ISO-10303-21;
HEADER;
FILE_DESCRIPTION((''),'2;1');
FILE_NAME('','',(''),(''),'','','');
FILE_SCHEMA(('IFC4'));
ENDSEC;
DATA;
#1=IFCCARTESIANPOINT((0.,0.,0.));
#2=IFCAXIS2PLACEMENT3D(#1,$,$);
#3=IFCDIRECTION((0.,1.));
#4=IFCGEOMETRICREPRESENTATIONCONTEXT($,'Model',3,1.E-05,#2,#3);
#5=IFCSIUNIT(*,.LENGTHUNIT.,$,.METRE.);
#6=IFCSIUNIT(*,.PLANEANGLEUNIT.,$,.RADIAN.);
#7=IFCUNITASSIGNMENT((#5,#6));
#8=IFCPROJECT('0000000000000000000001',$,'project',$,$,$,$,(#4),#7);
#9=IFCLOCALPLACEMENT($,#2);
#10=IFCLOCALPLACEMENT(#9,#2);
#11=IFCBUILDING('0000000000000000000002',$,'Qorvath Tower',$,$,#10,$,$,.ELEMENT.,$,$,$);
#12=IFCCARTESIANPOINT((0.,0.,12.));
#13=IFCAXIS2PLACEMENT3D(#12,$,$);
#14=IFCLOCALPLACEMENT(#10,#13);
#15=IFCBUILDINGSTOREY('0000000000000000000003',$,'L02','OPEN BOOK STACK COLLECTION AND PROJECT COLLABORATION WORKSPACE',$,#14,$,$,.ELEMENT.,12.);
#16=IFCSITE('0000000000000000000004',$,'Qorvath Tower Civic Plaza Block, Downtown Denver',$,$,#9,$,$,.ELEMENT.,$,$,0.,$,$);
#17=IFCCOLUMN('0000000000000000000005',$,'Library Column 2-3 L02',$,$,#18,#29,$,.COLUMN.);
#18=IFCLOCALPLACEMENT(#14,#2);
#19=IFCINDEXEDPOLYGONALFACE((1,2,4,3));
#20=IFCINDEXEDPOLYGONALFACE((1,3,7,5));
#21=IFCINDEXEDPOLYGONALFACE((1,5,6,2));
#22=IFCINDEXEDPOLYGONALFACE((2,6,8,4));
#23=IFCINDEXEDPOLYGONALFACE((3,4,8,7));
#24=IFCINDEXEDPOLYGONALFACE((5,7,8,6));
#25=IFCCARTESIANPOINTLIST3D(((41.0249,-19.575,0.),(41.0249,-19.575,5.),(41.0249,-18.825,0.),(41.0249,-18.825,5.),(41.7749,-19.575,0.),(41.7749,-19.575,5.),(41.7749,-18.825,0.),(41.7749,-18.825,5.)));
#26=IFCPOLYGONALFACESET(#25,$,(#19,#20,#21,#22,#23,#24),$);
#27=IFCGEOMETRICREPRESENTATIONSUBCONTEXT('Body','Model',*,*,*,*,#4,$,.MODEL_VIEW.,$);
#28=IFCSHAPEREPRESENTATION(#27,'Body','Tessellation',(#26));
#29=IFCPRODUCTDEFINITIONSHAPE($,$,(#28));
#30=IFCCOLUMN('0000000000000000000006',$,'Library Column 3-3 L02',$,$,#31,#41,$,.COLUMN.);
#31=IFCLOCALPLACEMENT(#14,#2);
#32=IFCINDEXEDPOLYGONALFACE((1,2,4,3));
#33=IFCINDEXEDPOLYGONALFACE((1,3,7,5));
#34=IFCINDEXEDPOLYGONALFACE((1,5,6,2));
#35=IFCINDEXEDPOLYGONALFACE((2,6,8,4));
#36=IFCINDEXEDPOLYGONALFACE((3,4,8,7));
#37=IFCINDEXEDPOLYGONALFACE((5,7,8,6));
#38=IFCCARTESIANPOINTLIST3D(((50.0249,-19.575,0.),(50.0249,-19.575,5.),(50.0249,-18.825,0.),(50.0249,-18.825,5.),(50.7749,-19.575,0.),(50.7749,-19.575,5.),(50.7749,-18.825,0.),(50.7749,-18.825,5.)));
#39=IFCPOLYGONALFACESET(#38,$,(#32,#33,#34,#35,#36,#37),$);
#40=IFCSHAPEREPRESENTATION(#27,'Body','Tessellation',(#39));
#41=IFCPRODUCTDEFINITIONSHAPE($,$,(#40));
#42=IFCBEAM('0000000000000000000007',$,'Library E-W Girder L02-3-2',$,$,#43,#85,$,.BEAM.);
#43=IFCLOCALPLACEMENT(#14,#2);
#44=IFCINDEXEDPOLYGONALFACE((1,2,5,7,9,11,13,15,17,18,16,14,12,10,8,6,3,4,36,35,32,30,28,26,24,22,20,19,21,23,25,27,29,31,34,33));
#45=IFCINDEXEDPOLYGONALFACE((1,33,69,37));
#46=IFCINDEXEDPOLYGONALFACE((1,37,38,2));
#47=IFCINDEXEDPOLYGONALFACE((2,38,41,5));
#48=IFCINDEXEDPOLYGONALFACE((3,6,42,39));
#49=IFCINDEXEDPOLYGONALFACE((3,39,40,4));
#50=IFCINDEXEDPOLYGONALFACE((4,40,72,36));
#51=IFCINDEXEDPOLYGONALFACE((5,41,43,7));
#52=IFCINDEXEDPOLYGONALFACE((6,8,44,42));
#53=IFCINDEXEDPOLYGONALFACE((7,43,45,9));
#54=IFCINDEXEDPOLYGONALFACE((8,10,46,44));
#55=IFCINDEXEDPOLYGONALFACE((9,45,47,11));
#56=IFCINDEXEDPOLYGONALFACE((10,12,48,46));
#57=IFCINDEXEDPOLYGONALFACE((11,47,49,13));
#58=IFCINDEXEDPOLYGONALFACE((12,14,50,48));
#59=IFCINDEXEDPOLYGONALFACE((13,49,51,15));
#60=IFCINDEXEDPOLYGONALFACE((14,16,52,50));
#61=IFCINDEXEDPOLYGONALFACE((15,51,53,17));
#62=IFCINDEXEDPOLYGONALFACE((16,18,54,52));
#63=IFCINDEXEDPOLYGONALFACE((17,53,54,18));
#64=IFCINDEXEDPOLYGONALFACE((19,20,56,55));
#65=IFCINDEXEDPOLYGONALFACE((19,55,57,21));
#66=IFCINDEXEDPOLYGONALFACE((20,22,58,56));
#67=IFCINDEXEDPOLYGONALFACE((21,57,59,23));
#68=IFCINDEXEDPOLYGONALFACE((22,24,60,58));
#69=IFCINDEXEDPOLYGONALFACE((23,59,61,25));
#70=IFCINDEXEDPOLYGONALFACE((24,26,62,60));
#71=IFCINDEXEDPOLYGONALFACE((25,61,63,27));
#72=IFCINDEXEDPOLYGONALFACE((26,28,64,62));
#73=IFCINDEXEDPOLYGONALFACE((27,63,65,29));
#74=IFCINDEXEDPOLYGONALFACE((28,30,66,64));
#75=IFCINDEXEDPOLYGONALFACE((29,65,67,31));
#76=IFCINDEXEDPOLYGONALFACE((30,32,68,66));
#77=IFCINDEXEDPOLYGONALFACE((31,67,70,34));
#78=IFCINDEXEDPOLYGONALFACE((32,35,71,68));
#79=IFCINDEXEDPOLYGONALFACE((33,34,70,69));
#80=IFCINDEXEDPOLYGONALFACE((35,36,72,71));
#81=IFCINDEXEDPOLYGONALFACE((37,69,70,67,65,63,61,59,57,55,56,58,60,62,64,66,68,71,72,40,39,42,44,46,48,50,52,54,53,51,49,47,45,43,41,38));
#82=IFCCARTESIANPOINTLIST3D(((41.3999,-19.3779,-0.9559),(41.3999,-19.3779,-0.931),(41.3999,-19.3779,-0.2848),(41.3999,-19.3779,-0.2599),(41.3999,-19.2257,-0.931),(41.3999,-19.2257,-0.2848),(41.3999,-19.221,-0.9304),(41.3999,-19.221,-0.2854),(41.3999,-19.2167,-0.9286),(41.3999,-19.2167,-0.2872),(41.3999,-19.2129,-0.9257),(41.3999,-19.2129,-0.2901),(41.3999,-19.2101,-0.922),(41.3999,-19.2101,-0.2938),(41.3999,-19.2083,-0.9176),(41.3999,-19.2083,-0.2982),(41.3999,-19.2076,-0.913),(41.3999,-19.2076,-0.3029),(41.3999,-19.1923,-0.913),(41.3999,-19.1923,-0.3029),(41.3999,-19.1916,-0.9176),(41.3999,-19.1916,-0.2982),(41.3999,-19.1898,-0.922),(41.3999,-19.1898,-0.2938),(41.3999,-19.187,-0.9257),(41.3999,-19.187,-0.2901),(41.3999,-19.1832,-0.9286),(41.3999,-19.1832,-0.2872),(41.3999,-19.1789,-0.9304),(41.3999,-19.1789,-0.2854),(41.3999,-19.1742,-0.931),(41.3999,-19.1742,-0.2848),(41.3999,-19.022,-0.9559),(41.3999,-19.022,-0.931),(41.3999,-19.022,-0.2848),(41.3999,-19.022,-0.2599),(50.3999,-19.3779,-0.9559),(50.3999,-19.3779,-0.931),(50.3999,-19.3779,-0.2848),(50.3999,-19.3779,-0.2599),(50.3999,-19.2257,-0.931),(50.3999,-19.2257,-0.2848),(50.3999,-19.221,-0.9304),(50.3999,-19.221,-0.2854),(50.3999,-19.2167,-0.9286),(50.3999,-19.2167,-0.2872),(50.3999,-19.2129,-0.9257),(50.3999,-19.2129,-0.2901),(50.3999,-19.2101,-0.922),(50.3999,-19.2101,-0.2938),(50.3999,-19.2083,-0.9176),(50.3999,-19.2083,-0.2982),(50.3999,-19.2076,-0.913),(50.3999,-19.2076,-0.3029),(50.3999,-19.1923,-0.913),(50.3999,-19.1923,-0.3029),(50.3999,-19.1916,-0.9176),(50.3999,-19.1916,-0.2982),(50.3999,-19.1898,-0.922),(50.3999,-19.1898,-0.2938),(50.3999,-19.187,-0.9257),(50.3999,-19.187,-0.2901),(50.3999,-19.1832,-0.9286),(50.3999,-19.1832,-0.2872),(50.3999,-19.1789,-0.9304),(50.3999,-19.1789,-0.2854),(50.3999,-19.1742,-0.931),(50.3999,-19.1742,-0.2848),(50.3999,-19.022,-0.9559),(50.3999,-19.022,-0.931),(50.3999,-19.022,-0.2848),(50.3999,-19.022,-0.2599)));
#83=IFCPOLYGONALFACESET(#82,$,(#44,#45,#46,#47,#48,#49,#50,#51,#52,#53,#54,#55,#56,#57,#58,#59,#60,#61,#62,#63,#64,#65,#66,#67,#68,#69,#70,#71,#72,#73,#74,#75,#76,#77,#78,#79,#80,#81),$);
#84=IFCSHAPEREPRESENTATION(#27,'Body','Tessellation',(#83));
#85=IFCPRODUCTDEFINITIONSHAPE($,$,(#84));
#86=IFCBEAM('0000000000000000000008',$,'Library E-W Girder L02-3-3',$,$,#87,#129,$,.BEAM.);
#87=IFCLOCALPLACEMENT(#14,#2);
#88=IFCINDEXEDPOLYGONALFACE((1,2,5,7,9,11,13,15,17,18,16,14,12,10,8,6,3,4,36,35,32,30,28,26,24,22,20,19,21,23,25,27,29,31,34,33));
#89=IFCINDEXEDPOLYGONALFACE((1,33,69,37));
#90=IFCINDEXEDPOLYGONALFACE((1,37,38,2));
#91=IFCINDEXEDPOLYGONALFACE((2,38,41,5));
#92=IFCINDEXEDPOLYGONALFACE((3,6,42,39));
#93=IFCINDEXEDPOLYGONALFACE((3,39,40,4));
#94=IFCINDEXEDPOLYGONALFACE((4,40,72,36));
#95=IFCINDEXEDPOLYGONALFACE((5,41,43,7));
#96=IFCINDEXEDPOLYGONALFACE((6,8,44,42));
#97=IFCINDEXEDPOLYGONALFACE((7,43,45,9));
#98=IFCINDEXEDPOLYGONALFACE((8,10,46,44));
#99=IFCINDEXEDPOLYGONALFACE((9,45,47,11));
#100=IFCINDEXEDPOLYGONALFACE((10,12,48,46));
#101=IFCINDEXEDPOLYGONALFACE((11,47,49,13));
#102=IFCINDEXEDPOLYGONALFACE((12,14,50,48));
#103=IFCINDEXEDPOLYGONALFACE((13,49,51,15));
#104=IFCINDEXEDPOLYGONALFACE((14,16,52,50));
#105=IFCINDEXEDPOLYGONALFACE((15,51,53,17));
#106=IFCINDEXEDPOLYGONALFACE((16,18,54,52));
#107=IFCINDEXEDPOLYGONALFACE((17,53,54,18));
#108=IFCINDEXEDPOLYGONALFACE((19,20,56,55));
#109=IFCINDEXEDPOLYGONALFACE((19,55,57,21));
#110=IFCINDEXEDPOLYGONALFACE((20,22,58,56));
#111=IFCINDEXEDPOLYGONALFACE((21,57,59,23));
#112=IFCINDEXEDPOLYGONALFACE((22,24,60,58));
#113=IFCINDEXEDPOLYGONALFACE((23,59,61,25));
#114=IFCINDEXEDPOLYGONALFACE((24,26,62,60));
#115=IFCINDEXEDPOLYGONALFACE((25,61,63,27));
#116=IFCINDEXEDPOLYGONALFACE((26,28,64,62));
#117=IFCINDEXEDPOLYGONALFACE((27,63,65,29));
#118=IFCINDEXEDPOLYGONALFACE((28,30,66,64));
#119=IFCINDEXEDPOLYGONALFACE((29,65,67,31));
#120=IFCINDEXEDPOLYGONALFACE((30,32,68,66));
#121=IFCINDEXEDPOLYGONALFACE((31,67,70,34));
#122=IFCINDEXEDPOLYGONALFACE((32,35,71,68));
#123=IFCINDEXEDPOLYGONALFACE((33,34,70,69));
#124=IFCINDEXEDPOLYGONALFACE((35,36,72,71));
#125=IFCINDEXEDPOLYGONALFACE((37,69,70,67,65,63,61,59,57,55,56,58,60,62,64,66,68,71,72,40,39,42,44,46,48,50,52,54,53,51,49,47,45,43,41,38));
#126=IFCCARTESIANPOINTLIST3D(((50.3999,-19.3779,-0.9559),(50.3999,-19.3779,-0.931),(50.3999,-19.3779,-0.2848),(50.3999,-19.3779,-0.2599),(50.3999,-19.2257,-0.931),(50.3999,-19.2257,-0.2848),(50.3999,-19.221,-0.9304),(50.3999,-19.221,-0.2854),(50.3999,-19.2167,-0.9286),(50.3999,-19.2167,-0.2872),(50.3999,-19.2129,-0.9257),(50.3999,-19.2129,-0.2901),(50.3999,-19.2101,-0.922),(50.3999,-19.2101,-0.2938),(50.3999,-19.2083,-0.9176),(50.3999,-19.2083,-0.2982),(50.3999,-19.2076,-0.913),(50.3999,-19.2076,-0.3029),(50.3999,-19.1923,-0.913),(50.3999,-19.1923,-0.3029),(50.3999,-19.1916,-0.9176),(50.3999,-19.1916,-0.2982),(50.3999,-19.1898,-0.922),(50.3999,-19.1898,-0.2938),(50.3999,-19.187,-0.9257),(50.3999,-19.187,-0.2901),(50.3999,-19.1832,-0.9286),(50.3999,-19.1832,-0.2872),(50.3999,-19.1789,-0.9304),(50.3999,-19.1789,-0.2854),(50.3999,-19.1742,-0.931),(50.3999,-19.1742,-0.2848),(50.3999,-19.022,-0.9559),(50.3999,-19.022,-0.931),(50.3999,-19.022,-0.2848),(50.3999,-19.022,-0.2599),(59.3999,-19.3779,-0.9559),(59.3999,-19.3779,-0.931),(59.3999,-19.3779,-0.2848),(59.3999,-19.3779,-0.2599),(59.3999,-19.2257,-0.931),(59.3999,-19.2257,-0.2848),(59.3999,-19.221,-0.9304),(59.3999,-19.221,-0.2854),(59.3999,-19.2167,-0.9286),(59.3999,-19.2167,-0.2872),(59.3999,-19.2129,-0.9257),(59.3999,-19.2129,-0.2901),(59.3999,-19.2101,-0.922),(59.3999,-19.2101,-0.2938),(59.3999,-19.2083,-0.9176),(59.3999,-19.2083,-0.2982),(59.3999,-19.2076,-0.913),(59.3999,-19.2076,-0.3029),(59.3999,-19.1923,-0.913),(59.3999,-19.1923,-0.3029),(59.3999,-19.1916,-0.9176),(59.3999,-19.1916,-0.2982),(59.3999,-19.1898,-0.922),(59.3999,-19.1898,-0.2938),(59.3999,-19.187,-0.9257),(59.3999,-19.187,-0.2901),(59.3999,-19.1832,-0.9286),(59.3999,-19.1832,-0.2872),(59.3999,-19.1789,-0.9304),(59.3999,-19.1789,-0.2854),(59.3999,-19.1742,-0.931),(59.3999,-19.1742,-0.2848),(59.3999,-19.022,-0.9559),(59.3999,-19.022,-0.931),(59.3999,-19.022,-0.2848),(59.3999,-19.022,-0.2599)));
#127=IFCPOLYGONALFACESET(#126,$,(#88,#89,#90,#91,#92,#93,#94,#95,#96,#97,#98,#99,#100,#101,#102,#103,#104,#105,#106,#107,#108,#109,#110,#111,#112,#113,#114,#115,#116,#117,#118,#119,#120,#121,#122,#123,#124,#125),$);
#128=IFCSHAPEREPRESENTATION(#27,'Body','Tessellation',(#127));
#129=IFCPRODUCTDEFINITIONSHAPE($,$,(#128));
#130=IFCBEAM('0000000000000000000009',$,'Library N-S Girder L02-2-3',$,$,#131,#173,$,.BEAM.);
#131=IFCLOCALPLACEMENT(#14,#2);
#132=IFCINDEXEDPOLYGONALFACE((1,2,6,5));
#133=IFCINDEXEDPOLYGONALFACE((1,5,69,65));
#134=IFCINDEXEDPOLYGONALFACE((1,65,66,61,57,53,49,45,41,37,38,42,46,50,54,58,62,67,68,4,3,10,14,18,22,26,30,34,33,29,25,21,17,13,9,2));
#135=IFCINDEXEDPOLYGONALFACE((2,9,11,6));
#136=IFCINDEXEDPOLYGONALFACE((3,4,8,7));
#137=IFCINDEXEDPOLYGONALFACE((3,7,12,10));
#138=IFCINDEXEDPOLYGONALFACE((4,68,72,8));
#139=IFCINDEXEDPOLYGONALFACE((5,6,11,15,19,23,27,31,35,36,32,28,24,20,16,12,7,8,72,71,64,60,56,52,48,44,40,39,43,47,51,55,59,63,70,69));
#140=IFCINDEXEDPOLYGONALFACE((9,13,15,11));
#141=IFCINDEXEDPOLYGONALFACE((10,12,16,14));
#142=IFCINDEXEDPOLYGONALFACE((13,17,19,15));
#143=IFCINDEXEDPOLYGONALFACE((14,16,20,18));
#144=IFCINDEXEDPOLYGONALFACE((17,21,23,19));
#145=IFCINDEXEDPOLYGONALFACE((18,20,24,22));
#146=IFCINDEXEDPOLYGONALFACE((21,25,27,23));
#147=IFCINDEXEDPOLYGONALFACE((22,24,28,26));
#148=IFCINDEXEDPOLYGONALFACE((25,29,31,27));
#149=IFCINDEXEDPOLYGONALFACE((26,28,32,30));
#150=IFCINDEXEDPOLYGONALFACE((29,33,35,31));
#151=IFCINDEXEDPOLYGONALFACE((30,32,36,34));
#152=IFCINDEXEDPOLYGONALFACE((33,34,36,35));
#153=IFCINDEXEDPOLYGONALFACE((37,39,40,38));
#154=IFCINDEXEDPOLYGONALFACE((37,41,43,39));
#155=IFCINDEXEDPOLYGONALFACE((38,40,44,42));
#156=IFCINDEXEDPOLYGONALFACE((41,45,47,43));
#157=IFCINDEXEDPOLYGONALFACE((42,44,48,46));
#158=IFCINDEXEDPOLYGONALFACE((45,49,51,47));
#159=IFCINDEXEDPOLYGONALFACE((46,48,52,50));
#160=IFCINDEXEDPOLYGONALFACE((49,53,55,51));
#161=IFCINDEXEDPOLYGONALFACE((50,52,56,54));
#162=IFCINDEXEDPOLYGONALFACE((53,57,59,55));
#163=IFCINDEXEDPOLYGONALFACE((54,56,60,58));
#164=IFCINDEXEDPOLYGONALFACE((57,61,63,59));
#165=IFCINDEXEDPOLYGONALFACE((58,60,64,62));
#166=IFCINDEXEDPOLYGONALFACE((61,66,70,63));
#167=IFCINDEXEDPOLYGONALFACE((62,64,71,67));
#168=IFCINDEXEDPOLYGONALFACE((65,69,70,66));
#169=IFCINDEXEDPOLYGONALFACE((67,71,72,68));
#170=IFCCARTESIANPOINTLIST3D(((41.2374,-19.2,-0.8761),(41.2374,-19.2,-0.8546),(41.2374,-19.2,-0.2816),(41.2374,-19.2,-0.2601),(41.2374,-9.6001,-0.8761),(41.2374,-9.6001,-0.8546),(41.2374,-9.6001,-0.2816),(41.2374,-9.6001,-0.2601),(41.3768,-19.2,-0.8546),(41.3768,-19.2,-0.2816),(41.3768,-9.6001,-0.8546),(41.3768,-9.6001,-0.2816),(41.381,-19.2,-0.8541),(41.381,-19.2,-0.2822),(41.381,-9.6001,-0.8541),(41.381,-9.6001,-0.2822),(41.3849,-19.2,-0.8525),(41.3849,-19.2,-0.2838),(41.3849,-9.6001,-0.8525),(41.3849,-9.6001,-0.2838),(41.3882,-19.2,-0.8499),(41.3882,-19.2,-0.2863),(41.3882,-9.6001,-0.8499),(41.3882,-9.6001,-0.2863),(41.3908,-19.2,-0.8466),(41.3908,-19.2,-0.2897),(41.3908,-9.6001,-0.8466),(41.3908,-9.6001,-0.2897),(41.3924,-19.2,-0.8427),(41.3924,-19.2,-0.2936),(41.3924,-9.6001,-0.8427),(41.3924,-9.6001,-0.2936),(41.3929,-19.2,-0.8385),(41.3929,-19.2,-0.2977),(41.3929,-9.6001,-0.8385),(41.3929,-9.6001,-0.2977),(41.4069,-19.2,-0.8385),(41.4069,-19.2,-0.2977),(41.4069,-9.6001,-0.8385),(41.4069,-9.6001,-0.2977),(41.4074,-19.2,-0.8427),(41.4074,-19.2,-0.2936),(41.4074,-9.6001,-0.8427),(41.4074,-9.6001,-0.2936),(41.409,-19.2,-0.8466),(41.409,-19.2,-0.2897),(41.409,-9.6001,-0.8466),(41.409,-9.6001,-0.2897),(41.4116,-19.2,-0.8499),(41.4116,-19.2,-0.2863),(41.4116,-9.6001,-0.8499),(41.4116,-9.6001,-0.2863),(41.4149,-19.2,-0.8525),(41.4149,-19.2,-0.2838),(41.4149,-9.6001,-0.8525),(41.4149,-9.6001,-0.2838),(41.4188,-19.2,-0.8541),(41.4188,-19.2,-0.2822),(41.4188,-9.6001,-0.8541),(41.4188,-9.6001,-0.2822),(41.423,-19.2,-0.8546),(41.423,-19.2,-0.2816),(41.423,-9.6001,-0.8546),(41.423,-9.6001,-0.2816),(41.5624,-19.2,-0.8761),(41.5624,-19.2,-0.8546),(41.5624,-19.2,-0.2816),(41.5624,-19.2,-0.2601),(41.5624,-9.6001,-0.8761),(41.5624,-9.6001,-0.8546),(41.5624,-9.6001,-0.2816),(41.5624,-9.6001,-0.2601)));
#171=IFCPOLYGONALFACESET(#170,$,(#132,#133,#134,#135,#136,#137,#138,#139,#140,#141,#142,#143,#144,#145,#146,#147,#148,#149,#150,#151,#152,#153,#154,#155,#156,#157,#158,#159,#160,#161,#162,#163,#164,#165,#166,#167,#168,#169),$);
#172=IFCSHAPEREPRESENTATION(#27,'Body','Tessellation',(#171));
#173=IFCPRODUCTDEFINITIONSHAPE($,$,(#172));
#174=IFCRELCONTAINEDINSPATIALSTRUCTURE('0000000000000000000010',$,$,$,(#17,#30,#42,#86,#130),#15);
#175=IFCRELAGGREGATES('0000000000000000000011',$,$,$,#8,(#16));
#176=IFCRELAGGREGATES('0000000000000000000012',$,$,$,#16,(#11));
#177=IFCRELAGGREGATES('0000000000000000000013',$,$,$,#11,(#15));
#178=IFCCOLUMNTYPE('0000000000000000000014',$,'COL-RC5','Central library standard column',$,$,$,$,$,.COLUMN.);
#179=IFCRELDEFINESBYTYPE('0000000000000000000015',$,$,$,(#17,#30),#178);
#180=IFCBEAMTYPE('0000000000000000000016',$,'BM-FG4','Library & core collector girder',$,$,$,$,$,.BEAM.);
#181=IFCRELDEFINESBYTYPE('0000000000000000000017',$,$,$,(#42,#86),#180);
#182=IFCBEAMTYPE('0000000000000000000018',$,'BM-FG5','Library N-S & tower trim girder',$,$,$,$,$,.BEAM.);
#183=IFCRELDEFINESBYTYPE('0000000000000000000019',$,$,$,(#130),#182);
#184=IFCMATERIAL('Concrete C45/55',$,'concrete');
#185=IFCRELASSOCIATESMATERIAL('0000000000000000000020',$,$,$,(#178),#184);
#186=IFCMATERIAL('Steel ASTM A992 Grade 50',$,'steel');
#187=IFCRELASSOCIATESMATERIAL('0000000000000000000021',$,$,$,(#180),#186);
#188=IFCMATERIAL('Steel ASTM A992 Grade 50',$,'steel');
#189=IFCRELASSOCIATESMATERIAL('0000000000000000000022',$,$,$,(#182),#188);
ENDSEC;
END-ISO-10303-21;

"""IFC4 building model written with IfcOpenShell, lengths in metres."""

from ifc_helpers import new_model, si_unit, direction, frame, origin, origin_2d, place, context, subcontext, project, spatial, rectangle, i_section, extrude, material, material_profile, profile_set, type_object, element, save


model = new_model("IFC4")

# Units and contexts
model_context = context("Model", 3, precision=1e-05, world=origin(), true_north=direction((0.0, 1.0)))
body_context = subcontext(model_context, "Body", "Model", "MODEL_VIEW")
ifc_project = project(units=[si_unit("LENGTHUNIT", "METRE"), si_unit("PLANEANGLEUNIT", "RADIAN")], contexts=[model_context])

# Site, building, storey
site_placement = place(None, origin())
site = spatial("IfcSite", under=ifc_project, at=site_placement, Name="Qorvath Tower Civic Plaza Block, Downtown Denver", CompositionType="ELEMENT", RefElevation=0.0)
building_placement = place(site_placement, origin())
building = spatial("IfcBuilding", under=site, at=building_placement, Name="Qorvath Tower", CompositionType="ELEMENT")
storey_placement = place(building_placement, frame((0.0, 0.0, 12.0)))
storey = spatial("IfcBuildingStorey", under=building, at=storey_placement, Name="L02", Description="OPEN BOOK STACK COLLECTION AND PROJECT COLLABORATION WORKSPACE", CompositionType="ELEMENT", Elevation=12.0)

# Columns
ifc_material_1 = material(Name="Concrete C45/55", Category="concrete")
ifc_material_profile_1 = material_profile(ifc_material_1, rectangle(XDim=0.75, YDim=0.75, at=origin_2d()), Name="RC 750x750")
ifc_profile_set_1 = profile_set([ifc_material_profile_1], Name="Concrete C45/55")
column_type = type_object("IfcColumnType", Name="COL-RC5", Description="Central library standard column", PredefinedType="COLUMN", material=ifc_profile_set_1)
for number, where, z_axis, x_axis, name in (
    (1, (41.3999, -19.2, 0.0), (0.0, 0.0, 1.0), (1.0, 0.0, 0.0), "Library Column 2-3 L02"),
    (2, (50.3999, -19.2, 0.0), (0.0, 0.0, 1.0), (1.0, 0.0, 0.0), "Library Column 3-3 L02"),
):
    element("IfcColumn", number, at=place(storey_placement, frame(where, z_axis=z_axis, x_axis=x_axis)), inside=storey, type_object=column_type, Name=name, PredefinedType="COLUMN", context=body_context, shape_type="SweptSolid", body=[
        extrude(rectangle(XDim=0.75, YDim=0.75, at=origin_2d()), origin(), (0.0, 0.0, 1.0), 5.0),
    ])

# Beams
ifc_material_2 = material(Name="Steel ASTM A992 Grade 50", Category="steel")
ifc_material_profile_2 = material_profile(ifc_material_2, i_section(OverallWidth=0.356, OverallDepth=0.696, WebThickness=0.0154, FlangeThickness=0.0249, FilletRadius=0.0181, at=origin_2d()), Name="W27x146")
ifc_profile_set_2 = profile_set([ifc_material_profile_2], Name="Steel ASTM A992 Grade 50")
beam_type_1 = type_object("IfcBeamType", Name="BM-FG4", Description="Library & core collector girder", PredefinedType="BEAM", material=ifc_profile_set_2)
for number, where, z_axis, x_axis, name in (
    (3, (41.3999, -19.2, -0.6079), (1.0, 0.0, 0.0), (0.0, 1.0, 0.0), "Library E-W Girder L02-3-2"),
    (4, (50.3999, -19.2, -0.6079), (1.0, 0.0, 0.0), (0.0, 1.0, 0.0), "Library E-W Girder L02-3-3"),
):
    element("IfcBeam", number, at=place(storey_placement, frame(where, z_axis=z_axis, x_axis=x_axis)), inside=storey, type_object=beam_type_1, Name=name, PredefinedType="BEAM", context=body_context, shape_type="SweptSolid", body=[
        extrude(i_section(OverallWidth=0.356, OverallDepth=0.696, WebThickness=0.0154, FlangeThickness=0.0249, FilletRadius=0.0181, at=origin_2d()), origin(), (0.0, 0.0, 1.0), 9.0),
    ])
ifc_material_3 = material(Name="Steel ASTM A992 Grade 50", Category="steel")
ifc_material_profile_3 = material_profile(ifc_material_3, i_section(OverallWidth=0.325, OverallDepth=0.616, WebThickness=0.0139, FlangeThickness=0.0215, FilletRadius=0.0161, at=origin_2d()), Name="W24x117")
ifc_profile_set_3 = profile_set([ifc_material_profile_3], Name="Steel ASTM A992 Grade 50")
beam_type_2 = type_object("IfcBeamType", Name="BM-FG5", Description="Library N-S & tower trim girder", PredefinedType="BEAM", material=ifc_profile_set_3)
for number, where, z_axis, x_axis, name in (
    (5, (41.3999, -19.2, -0.5681), (0.0, 1.0, 0.0), (-1.0, 0.0, 0.0), "Library N-S Girder L02-2-3"),
):
    element("IfcBeam", number, at=place(storey_placement, frame(where, z_axis=z_axis, x_axis=x_axis)), inside=storey, type_object=beam_type_2, Name=name, PredefinedType="BEAM", context=body_context, shape_type="SweptSolid", body=[
        extrude(i_section(OverallWidth=0.325, OverallDepth=0.616, WebThickness=0.0139, FlangeThickness=0.0215, FilletRadius=0.0161, at=origin_2d()), origin(), (0.0, 0.0, 1.0), 9.5999),
    ])

save(model, "model.ifc")
